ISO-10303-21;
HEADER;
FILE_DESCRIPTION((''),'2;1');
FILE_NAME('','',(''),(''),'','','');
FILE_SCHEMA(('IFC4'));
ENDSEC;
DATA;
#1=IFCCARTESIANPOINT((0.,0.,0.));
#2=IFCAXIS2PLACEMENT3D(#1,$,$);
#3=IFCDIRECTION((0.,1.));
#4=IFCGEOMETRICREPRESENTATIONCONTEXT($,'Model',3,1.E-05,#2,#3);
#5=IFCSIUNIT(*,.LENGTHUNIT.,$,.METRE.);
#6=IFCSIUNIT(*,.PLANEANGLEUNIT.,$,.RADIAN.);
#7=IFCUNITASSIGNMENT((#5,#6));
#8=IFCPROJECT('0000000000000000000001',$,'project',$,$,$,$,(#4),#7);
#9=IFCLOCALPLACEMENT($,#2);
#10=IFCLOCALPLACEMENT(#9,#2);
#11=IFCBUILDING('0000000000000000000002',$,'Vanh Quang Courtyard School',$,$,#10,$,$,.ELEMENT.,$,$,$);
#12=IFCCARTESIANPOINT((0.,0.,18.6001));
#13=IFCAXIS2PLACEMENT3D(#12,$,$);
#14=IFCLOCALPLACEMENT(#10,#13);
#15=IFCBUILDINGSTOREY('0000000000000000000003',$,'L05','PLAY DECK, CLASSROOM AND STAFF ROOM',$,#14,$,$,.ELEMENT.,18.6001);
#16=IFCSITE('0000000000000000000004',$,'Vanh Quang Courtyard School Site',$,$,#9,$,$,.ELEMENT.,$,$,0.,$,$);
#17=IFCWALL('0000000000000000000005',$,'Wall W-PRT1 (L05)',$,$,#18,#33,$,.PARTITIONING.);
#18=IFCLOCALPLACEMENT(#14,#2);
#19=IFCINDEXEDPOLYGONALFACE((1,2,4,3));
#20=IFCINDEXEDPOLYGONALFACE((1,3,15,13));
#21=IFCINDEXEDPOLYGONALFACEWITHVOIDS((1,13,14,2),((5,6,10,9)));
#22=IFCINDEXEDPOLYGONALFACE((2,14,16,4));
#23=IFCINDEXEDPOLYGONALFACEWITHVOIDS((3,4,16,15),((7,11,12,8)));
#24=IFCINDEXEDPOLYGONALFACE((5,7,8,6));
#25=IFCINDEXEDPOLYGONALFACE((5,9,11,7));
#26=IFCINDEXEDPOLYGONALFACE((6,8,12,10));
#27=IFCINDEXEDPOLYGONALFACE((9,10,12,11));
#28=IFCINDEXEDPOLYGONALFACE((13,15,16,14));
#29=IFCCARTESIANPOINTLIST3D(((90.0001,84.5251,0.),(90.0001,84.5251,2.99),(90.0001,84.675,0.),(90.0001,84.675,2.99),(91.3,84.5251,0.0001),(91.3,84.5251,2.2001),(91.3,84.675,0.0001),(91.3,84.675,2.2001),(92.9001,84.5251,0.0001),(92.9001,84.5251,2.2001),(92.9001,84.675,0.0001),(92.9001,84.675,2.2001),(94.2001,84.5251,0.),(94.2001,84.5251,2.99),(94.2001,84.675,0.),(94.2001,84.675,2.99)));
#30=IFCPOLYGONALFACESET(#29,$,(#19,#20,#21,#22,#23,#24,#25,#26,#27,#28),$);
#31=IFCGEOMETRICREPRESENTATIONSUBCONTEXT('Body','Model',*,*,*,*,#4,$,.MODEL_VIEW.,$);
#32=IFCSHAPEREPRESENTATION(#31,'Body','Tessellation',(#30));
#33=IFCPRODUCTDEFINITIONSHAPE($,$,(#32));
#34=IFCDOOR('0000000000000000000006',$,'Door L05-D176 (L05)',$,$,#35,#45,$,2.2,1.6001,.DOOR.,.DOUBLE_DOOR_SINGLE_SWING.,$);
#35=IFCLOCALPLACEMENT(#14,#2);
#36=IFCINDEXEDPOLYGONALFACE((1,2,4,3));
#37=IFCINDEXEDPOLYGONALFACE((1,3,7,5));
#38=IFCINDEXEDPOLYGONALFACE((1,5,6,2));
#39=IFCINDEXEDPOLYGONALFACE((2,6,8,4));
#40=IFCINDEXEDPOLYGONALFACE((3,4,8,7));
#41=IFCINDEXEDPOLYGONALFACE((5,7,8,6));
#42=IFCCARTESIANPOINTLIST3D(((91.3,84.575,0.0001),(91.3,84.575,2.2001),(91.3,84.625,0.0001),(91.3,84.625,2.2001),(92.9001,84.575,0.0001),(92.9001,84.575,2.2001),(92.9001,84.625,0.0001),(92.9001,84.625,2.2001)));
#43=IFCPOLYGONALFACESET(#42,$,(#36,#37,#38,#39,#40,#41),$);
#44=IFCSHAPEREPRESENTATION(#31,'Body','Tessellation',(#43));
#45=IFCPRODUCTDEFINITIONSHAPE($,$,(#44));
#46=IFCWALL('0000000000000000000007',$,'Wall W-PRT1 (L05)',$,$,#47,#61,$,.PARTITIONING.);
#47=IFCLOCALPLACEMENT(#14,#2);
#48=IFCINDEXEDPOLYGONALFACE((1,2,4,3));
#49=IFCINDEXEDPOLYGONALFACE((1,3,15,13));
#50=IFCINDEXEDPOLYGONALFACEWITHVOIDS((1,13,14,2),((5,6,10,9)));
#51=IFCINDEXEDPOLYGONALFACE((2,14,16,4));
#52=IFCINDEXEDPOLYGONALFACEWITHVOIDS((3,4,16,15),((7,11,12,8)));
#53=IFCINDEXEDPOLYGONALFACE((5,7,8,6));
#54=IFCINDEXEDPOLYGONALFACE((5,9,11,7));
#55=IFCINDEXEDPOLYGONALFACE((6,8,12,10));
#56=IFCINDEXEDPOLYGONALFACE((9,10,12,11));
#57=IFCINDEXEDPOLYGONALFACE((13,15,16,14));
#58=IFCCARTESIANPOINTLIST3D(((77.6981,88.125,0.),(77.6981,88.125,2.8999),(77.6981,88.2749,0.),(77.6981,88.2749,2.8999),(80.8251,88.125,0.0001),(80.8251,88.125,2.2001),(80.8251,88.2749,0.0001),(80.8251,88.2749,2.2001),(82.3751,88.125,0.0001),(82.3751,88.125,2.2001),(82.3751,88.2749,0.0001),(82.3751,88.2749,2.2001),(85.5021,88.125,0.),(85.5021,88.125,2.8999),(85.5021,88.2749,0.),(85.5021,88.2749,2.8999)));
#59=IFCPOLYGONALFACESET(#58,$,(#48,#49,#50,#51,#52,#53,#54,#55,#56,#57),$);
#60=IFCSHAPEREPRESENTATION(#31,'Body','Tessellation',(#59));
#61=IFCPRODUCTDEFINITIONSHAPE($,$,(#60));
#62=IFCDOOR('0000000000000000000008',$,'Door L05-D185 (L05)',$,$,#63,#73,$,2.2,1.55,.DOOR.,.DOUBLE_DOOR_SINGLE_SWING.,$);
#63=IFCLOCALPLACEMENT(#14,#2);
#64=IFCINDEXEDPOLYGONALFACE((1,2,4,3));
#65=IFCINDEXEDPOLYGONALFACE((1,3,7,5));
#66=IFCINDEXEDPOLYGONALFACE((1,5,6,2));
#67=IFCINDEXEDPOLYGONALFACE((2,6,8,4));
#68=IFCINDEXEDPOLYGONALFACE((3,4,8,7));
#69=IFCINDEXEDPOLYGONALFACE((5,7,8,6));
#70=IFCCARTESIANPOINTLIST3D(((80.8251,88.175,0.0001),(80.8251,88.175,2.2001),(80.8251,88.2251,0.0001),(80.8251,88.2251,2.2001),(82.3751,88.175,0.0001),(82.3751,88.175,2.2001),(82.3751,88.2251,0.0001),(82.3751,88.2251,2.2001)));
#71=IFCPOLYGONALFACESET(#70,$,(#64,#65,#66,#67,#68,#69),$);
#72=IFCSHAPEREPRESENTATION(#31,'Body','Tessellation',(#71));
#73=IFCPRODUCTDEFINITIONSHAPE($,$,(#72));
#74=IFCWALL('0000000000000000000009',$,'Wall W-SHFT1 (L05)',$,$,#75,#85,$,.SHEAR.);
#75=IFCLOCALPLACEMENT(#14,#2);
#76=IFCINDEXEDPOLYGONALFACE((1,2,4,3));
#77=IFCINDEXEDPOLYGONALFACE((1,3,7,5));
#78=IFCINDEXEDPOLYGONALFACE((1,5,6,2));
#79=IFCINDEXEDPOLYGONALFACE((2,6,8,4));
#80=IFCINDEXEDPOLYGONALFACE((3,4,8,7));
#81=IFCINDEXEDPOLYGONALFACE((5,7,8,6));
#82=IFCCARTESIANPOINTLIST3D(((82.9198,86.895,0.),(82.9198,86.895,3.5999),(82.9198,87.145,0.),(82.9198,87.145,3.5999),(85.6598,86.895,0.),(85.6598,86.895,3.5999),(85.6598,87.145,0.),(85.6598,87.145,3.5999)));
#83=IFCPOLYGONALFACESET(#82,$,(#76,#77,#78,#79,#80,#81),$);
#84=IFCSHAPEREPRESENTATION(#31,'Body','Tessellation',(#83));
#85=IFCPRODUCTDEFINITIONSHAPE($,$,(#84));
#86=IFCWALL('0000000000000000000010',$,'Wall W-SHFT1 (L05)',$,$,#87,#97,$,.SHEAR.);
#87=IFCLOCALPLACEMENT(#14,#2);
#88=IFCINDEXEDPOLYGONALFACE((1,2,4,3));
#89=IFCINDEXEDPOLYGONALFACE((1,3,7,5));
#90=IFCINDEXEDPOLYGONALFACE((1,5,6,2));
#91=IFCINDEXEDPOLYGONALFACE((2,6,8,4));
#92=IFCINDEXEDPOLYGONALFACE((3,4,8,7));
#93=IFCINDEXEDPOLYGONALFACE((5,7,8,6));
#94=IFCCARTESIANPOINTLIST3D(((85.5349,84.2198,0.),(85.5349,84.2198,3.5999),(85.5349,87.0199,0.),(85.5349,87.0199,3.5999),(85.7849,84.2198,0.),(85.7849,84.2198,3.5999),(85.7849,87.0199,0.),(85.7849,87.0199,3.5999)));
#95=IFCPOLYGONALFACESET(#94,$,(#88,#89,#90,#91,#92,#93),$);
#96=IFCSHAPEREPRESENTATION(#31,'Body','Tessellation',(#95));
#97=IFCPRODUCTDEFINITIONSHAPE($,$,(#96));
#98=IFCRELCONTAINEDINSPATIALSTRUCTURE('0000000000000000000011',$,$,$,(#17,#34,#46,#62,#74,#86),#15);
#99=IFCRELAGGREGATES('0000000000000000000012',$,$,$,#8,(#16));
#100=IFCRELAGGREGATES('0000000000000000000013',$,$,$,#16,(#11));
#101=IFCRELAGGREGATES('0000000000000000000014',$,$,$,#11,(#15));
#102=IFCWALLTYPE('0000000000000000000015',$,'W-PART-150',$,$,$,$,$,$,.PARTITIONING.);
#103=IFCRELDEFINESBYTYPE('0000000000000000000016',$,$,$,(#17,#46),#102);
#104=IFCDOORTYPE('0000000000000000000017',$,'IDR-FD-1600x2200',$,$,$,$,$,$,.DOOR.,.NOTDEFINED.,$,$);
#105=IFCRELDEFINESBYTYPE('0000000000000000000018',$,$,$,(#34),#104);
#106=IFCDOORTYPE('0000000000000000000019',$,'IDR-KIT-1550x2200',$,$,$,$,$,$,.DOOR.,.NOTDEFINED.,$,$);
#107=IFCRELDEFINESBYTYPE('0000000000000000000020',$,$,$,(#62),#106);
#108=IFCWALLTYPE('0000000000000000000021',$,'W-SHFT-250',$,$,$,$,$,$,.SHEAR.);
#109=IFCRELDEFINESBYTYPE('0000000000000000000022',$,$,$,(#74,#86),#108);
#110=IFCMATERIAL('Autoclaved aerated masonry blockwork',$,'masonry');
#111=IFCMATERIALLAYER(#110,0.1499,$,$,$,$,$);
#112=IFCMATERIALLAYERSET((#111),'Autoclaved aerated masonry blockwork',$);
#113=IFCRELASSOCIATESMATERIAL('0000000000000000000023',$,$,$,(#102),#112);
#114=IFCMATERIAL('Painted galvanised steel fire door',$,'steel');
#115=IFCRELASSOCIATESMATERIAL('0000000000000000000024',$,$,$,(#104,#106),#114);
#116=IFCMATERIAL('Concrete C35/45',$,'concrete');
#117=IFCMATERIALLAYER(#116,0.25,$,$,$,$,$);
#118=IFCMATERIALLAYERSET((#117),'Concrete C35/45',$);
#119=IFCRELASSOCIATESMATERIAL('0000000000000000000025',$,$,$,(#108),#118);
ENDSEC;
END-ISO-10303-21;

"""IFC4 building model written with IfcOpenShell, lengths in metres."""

from ifc_helpers import new_model, si_unit, direction, frame, frame_2d, origin, place, context, subcontext, project, spatial, rectangle, extrude, material, layer, layer_set, type_object, element, fill, save


model = new_model("IFC4")

# Units and contexts
model_context = context("Model", 3, precision=1e-05, world=origin(), true_north=direction((0.0, 1.0)))
body_context = subcontext(model_context, "Body", "Model", "MODEL_VIEW")
ifc_project = project(units=[si_unit("LENGTHUNIT", "METRE"), si_unit("PLANEANGLEUNIT", "RADIAN")], contexts=[model_context])

# Site, building, storey
site_placement = place(None, origin())
site = spatial("IfcSite", under=ifc_project, at=site_placement, Name="Vanh Quang Courtyard School Site", CompositionType="ELEMENT", RefElevation=0.0)
building_placement = place(site_placement, origin())
building = spatial("IfcBuilding", under=site, at=building_placement, Name="Vanh Quang Courtyard School", CompositionType="ELEMENT")
storey_placement = place(building_placement, frame((0.0, 0.0, 18.6001)))
storey = spatial("IfcBuildingStorey", under=building, at=storey_placement, Name="L05", Description="PLAY DECK, CLASSROOM AND STAFF ROOM", CompositionType="ELEMENT", Elevation=18.6001)

# Shared definitions
ifc_material_1 = material(Name="Concrete C35/45", Category="concrete")

# Shared definitions
ifc_material_2 = material(Name="Painted galvanised steel fire door", Category="steel")

# Walls, openings, doors
ifc_material_3 = material(Name="Autoclaved aerated masonry blockwork", Category="masonry")
ifc_layer_1 = layer(ifc_material_3, 0.1499)
ifc_layer_set_1 = layer_set([ifc_layer_1], Name="Autoclaved aerated masonry blockwork")
wall_type_1 = type_object("IfcWallType", Name="W-PART-150", PredefinedType="PARTITIONING", material=ifc_layer_set_1)
wall_1_placement = place(storey_placement, frame((90.0, 84.6001, 0.0), z_axis=(0.0, 0.0, 1.0), x_axis=(1.0, 0.0, 0.0)))
wall_1 = element("IfcWall", 1, at=wall_1_placement, inside=storey, type_object=wall_type_1, Name="Wall W-PRT1 (L05)", PredefinedType="PARTITIONING", context=body_context, shape_type="SweptSolid", body=[
    extrude(rectangle(XDim=4.2, YDim=0.1499, at=frame_2d((2.1001, 0.0))), origin(), (0.0, 0.0, 1.0), 2.99),
])
opening_1_placement = place(wall_1_placement, frame((1.3, 0.0, 0.0)))
opening_1 = element("IfcOpeningElement", 2, at=opening_1_placement, cuts=wall_1, PredefinedType="OPENING", context=body_context, shape_type="SweptSolid", body=[
    extrude(rectangle(XDim=1.6001, YDim=2.2, at=frame_2d((0.8, 1.1001))), frame((0.0, 0.085, 0.0), z_axis=(0.0, -1.0, 0.0), x_axis=(1.0, 0.0, 0.0)), (0.0, 0.0, 1.0), 0.1699),
])
door_type_1 = type_object("IfcDoorType", Name="IDR-FD-1600x2200", OperationType="NOTDEFINED", PredefinedType="DOOR", material=ifc_material_2)
door_1_placement = place(opening_1_placement, origin())
door_1 = element("IfcDoor", 3, at=door_1_placement, inside=storey, type_object=door_type_1, Name="Door L05-D176 (L05)", OperationType="DOUBLE_DOOR_SINGLE_SWING", OverallHeight=2.2, OverallWidth=1.6001, PredefinedType="DOOR", context=body_context, shape_type="SweptSolid", body=[
    extrude(rectangle(XDim=1.6001, YDim=2.2, at=frame_2d((0.8, 1.1001))), frame((0.0, 0.0249, 0.0), z_axis=(0.0, -1.0, 0.0), x_axis=(1.0, 0.0, 0.0)), (0.0, 0.0, 1.0), 0.05),
])
fill(opening_1, door_1)
wall_2_placement = place(storey_placement, frame((85.502, 88.2, 0.0), z_axis=(0.0, 0.0, 1.0), x_axis=(-1.0, 0.0, 0.0)))
wall_2 = element("IfcWall", 4, at=wall_2_placement, inside=storey, type_object=wall_type_1, Name="Wall W-PRT1 (L05)", PredefinedType="PARTITIONING", context=body_context, shape_type="SweptSolid", body=[
    extrude(rectangle(XDim=7.804, YDim=0.1499, at=frame_2d((3.9019, 0.0))), origin(), (0.0, 0.0, 1.0), 2.8999),
])
opening_2_placement = place(wall_2_placement, frame((3.127, 0.0, 0.0)))
opening_2 = element("IfcOpeningElement", 5, at=opening_2_placement, cuts=wall_2, PredefinedType="OPENING", context=body_context, shape_type="SweptSolid", body=[
    extrude(rectangle(XDim=1.55, YDim=2.2, at=frame_2d((0.7749, 1.1001))), frame((0.0, 0.085, 0.0), z_axis=(0.0, -1.0, 0.0), x_axis=(1.0, 0.0, 0.0)), (0.0, 0.0, 1.0), 0.1699),
])
door_type_2 = type_object("IfcDoorType", Name="IDR-KIT-1550x2200", OperationType="NOTDEFINED", PredefinedType="DOOR", material=ifc_material_2)
door_2_placement = place(opening_2_placement, origin())
door_2 = element("IfcDoor", 6, at=door_2_placement, inside=storey, type_object=door_type_2, Name="Door L05-D185 (L05)", OperationType="DOUBLE_DOOR_SINGLE_SWING", OverallHeight=2.2, OverallWidth=1.55, PredefinedType="DOOR", context=body_context, shape_type="SweptSolid", body=[
    extrude(rectangle(XDim=1.55, YDim=2.2, at=frame_2d((0.7749, 1.1001))), frame((0.0, 0.0249, 0.0), z_axis=(0.0, -1.0, 0.0), x_axis=(1.0, 0.0, 0.0)), (0.0, 0.0, 1.0), 0.05),
])
fill(opening_2, door_2)
ifc_layer_2 = layer(ifc_material_1, 0.25)
ifc_layer_set_2 = layer_set([ifc_layer_2], Name="Concrete C35/45")
wall_type_2 = type_object("IfcWallType", Name="W-SHFT-250", PredefinedType="SHEAR", material=ifc_layer_set_2)

# Walls
wall_3_placement = place(storey_placement, frame((85.6599, 87.02, 0.0), z_axis=(0.0, 0.0, 1.0), x_axis=(-1.0, 0.0, 0.0)))
element("IfcWall", 7, at=wall_3_placement, inside=storey, type_object=wall_type_2, Name="Wall W-SHFT1 (L05)", PredefinedType="SHEAR", context=body_context, shape_type="SweptSolid", body=[
    extrude(rectangle(XDim=2.74, YDim=0.25, at=frame_2d((1.3701, 0.0))), origin(), (0.0, 0.0, 1.0), 3.5999),
])
wall_4_placement = place(storey_placement, frame((85.6599, 84.22, 0.0), z_axis=(0.0, 0.0, 1.0), x_axis=(0.0, 1.0, 0.0)))
element("IfcWall", 8, at=wall_4_placement, inside=storey, type_object=wall_type_2, Name="Wall W-SHFT1 (L05)", PredefinedType="SHEAR", context=body_context, shape_type="SweptSolid", body=[
    extrude(rectangle(XDim=2.8, YDim=0.25, at=frame_2d((1.3999, 0.0))), origin(), (0.0, 0.0, 1.0), 3.5999),
])

save(model, "model.ifc")
